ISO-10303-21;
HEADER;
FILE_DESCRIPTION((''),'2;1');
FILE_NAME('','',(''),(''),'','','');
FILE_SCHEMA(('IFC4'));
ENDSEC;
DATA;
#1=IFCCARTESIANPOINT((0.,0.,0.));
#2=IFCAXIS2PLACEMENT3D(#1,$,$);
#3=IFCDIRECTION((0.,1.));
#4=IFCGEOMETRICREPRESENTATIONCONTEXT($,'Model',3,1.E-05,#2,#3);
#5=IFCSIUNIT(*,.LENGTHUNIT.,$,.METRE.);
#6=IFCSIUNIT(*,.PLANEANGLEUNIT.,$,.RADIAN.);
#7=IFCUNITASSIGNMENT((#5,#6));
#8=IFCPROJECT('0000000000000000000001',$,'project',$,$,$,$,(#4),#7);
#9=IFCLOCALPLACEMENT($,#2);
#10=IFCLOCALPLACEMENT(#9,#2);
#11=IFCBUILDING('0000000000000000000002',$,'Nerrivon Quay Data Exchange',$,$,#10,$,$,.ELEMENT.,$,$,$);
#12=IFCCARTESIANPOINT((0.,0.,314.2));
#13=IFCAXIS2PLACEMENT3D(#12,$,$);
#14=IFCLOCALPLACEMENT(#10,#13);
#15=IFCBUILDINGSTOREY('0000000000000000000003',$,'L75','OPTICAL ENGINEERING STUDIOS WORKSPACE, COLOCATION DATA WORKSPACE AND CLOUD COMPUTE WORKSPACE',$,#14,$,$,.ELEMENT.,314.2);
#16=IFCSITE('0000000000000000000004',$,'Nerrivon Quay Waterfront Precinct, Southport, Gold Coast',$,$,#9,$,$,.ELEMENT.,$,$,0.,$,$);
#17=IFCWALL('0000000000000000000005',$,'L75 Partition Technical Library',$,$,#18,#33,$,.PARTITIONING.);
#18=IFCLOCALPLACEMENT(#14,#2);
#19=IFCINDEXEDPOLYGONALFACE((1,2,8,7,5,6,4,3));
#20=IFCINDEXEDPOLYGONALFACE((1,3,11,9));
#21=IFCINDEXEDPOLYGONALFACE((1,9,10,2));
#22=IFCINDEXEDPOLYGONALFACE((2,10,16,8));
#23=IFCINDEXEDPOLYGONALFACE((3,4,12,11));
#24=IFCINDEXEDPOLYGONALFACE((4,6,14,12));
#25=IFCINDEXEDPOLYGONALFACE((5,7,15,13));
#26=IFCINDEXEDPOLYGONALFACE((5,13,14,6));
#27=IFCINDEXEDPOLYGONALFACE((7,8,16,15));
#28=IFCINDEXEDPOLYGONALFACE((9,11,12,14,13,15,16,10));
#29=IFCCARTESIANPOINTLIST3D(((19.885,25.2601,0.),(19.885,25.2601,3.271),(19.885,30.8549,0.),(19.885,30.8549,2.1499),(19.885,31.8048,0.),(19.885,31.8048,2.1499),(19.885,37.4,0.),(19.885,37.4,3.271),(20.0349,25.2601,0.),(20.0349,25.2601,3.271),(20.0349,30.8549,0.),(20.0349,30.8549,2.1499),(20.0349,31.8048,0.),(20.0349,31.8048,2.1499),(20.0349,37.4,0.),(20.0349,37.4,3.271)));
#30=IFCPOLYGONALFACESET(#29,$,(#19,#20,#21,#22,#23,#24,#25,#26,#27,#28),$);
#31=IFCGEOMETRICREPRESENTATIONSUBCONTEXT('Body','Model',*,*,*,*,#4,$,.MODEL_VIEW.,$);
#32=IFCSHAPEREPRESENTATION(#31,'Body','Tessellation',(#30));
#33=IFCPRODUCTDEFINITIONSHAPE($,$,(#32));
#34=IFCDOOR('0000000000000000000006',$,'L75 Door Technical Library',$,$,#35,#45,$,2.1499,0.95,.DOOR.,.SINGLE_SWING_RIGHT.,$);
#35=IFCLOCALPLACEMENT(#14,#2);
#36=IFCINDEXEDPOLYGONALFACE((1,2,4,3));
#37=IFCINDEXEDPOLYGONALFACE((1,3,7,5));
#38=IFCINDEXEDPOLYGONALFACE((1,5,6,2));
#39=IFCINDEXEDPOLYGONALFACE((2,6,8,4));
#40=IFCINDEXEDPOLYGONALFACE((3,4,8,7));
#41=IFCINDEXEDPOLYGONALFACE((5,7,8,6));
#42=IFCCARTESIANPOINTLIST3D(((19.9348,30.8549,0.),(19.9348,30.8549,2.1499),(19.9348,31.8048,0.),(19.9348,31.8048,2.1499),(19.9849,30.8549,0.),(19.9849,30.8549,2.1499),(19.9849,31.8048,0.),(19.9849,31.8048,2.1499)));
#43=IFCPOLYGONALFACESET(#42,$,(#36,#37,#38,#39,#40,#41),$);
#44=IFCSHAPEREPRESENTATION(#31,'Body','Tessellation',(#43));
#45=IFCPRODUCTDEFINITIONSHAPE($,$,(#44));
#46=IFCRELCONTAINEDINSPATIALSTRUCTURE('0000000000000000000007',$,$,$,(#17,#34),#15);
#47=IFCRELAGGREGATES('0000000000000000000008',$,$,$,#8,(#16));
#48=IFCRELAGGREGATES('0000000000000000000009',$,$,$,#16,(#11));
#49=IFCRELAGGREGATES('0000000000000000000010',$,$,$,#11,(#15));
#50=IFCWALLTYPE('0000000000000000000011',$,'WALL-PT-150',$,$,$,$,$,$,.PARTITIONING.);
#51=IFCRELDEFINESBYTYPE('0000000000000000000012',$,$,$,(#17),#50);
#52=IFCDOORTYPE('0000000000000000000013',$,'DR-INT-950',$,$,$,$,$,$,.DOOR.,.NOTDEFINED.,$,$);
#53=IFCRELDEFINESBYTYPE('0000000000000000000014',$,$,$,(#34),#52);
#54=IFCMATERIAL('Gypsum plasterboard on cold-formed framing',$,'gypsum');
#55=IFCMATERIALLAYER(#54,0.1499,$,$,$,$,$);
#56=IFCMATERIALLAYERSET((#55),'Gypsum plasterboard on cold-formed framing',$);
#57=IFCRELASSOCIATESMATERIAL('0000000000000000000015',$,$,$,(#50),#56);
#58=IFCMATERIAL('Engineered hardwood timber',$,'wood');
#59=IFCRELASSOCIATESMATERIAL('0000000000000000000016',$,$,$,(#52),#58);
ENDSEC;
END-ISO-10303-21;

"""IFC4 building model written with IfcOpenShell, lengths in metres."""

from ifc_helpers import new_model, si_unit, direction, frame, frame_2d, origin, place, context, subcontext, project, spatial, rectangle, extrude, material, layer, layer_set, type_object, element, fill, save


model = new_model("IFC4")

# Units and contexts
model_context = context("Model", 3, precision=1e-05, world=origin(), true_north=direction((0.0, 1.0)))
body_context = subcontext(model_context, "Body", "Model", "MODEL_VIEW")
ifc_project = project(units=[si_unit("LENGTHUNIT", "METRE"), si_unit("PLANEANGLEUNIT", "RADIAN")], contexts=[model_context])

# Site, building, storey
site_placement = place(None, origin())
site = spatial("IfcSite", under=ifc_project, at=site_placement, Name="Nerrivon Quay Waterfront Precinct, Southport, Gold Coast", CompositionType="ELEMENT", RefElevation=0.0)
building_placement = place(site_placement, origin())
building = spatial("IfcBuilding", under=site, at=building_placement, Name="Nerrivon Quay Data Exchange", CompositionType="ELEMENT")
storey_placement = place(building_placement, frame((0.0, 0.0, 314.2)))
storey = spatial("IfcBuildingStorey", under=building, at=storey_placement, Name="L75", Description="OPTICAL ENGINEERING STUDIOS WORKSPACE, COLOCATION DATA WORKSPACE AND CLOUD COMPUTE WORKSPACE", CompositionType="ELEMENT", Elevation=314.2)

# Shared definitions
ifc_material_1 = material(Name="Gypsum plasterboard on cold-formed framing", Category="gypsum")

# Shared definitions
ifc_material_2 = material(Name="Engineered hardwood timber", Category="wood")

# Wall, opening, door
ifc_layer_1 = layer(ifc_material_1, 0.1499)
ifc_layer_set_1 = layer_set([ifc_layer_1], Name="Gypsum plasterboard on cold-formed framing")
wall_type_1 = type_object("IfcWallType", Name="WALL-PT-150", PredefinedType="PARTITIONING", material=ifc_layer_set_1)
wall_1_placement = place(storey_placement, frame((19.96, 37.3999, 0.0), z_axis=(0.0, 0.0, 1.0), x_axis=(0.0, -1.0, 0.0)))
wall_1 = element("IfcWall", 1, at=wall_1_placement, inside=storey, type_object=wall_type_1, Name="L75 Partition Technical Library", PredefinedType="PARTITIONING", context=body_context, shape_type="SweptSolid", body=[
    extrude(rectangle(XDim=12.1399, YDim=0.1499, at=frame_2d((6.0698, 0.0))), origin(), (0.0, 0.0, 1.0), 3.271),
])
opening_1_placement = place(wall_1_placement, frame((5.595, 0.0, 0.0)))
opening_1 = element("IfcOpeningElement", 2, at=opening_1_placement, cuts=wall_1, PredefinedType="OPENING", context=body_context, shape_type="SweptSolid", body=[
    extrude(rectangle(XDim=0.95, YDim=2.1499, at=frame_2d((0.4751, 1.075))), frame((0.0, 0.085, 0.0), z_axis=(0.0, -1.0, 0.0), x_axis=(1.0, 0.0, 0.0)), (0.0, 0.0, 1.0), 0.1699),
])
door_type_1 = type_object("IfcDoorType", Name="DR-INT-950", OperationType="NOTDEFINED", PredefinedType="DOOR", material=ifc_material_2)
door_1_placement = place(opening_1_placement, origin())
door_1 = element("IfcDoor", 3, at=door_1_placement, inside=storey, type_object=door_type_1, Name="L75 Door Technical Library", OperationType="SINGLE_SWING_RIGHT", OverallHeight=2.1499, OverallWidth=0.95, PredefinedType="DOOR", context=body_context, shape_type="SweptSolid", body=[
    extrude(rectangle(XDim=0.95, YDim=2.1499, at=frame_2d((0.4751, 1.075))), frame((0.0, 0.0249, 0.0), z_axis=(0.0, -1.0, 0.0), x_axis=(1.0, 0.0, 0.0)), (0.0, 0.0, 1.0), 0.05),
])
fill(opening_1, door_1)

save(model, "model.ifc")
